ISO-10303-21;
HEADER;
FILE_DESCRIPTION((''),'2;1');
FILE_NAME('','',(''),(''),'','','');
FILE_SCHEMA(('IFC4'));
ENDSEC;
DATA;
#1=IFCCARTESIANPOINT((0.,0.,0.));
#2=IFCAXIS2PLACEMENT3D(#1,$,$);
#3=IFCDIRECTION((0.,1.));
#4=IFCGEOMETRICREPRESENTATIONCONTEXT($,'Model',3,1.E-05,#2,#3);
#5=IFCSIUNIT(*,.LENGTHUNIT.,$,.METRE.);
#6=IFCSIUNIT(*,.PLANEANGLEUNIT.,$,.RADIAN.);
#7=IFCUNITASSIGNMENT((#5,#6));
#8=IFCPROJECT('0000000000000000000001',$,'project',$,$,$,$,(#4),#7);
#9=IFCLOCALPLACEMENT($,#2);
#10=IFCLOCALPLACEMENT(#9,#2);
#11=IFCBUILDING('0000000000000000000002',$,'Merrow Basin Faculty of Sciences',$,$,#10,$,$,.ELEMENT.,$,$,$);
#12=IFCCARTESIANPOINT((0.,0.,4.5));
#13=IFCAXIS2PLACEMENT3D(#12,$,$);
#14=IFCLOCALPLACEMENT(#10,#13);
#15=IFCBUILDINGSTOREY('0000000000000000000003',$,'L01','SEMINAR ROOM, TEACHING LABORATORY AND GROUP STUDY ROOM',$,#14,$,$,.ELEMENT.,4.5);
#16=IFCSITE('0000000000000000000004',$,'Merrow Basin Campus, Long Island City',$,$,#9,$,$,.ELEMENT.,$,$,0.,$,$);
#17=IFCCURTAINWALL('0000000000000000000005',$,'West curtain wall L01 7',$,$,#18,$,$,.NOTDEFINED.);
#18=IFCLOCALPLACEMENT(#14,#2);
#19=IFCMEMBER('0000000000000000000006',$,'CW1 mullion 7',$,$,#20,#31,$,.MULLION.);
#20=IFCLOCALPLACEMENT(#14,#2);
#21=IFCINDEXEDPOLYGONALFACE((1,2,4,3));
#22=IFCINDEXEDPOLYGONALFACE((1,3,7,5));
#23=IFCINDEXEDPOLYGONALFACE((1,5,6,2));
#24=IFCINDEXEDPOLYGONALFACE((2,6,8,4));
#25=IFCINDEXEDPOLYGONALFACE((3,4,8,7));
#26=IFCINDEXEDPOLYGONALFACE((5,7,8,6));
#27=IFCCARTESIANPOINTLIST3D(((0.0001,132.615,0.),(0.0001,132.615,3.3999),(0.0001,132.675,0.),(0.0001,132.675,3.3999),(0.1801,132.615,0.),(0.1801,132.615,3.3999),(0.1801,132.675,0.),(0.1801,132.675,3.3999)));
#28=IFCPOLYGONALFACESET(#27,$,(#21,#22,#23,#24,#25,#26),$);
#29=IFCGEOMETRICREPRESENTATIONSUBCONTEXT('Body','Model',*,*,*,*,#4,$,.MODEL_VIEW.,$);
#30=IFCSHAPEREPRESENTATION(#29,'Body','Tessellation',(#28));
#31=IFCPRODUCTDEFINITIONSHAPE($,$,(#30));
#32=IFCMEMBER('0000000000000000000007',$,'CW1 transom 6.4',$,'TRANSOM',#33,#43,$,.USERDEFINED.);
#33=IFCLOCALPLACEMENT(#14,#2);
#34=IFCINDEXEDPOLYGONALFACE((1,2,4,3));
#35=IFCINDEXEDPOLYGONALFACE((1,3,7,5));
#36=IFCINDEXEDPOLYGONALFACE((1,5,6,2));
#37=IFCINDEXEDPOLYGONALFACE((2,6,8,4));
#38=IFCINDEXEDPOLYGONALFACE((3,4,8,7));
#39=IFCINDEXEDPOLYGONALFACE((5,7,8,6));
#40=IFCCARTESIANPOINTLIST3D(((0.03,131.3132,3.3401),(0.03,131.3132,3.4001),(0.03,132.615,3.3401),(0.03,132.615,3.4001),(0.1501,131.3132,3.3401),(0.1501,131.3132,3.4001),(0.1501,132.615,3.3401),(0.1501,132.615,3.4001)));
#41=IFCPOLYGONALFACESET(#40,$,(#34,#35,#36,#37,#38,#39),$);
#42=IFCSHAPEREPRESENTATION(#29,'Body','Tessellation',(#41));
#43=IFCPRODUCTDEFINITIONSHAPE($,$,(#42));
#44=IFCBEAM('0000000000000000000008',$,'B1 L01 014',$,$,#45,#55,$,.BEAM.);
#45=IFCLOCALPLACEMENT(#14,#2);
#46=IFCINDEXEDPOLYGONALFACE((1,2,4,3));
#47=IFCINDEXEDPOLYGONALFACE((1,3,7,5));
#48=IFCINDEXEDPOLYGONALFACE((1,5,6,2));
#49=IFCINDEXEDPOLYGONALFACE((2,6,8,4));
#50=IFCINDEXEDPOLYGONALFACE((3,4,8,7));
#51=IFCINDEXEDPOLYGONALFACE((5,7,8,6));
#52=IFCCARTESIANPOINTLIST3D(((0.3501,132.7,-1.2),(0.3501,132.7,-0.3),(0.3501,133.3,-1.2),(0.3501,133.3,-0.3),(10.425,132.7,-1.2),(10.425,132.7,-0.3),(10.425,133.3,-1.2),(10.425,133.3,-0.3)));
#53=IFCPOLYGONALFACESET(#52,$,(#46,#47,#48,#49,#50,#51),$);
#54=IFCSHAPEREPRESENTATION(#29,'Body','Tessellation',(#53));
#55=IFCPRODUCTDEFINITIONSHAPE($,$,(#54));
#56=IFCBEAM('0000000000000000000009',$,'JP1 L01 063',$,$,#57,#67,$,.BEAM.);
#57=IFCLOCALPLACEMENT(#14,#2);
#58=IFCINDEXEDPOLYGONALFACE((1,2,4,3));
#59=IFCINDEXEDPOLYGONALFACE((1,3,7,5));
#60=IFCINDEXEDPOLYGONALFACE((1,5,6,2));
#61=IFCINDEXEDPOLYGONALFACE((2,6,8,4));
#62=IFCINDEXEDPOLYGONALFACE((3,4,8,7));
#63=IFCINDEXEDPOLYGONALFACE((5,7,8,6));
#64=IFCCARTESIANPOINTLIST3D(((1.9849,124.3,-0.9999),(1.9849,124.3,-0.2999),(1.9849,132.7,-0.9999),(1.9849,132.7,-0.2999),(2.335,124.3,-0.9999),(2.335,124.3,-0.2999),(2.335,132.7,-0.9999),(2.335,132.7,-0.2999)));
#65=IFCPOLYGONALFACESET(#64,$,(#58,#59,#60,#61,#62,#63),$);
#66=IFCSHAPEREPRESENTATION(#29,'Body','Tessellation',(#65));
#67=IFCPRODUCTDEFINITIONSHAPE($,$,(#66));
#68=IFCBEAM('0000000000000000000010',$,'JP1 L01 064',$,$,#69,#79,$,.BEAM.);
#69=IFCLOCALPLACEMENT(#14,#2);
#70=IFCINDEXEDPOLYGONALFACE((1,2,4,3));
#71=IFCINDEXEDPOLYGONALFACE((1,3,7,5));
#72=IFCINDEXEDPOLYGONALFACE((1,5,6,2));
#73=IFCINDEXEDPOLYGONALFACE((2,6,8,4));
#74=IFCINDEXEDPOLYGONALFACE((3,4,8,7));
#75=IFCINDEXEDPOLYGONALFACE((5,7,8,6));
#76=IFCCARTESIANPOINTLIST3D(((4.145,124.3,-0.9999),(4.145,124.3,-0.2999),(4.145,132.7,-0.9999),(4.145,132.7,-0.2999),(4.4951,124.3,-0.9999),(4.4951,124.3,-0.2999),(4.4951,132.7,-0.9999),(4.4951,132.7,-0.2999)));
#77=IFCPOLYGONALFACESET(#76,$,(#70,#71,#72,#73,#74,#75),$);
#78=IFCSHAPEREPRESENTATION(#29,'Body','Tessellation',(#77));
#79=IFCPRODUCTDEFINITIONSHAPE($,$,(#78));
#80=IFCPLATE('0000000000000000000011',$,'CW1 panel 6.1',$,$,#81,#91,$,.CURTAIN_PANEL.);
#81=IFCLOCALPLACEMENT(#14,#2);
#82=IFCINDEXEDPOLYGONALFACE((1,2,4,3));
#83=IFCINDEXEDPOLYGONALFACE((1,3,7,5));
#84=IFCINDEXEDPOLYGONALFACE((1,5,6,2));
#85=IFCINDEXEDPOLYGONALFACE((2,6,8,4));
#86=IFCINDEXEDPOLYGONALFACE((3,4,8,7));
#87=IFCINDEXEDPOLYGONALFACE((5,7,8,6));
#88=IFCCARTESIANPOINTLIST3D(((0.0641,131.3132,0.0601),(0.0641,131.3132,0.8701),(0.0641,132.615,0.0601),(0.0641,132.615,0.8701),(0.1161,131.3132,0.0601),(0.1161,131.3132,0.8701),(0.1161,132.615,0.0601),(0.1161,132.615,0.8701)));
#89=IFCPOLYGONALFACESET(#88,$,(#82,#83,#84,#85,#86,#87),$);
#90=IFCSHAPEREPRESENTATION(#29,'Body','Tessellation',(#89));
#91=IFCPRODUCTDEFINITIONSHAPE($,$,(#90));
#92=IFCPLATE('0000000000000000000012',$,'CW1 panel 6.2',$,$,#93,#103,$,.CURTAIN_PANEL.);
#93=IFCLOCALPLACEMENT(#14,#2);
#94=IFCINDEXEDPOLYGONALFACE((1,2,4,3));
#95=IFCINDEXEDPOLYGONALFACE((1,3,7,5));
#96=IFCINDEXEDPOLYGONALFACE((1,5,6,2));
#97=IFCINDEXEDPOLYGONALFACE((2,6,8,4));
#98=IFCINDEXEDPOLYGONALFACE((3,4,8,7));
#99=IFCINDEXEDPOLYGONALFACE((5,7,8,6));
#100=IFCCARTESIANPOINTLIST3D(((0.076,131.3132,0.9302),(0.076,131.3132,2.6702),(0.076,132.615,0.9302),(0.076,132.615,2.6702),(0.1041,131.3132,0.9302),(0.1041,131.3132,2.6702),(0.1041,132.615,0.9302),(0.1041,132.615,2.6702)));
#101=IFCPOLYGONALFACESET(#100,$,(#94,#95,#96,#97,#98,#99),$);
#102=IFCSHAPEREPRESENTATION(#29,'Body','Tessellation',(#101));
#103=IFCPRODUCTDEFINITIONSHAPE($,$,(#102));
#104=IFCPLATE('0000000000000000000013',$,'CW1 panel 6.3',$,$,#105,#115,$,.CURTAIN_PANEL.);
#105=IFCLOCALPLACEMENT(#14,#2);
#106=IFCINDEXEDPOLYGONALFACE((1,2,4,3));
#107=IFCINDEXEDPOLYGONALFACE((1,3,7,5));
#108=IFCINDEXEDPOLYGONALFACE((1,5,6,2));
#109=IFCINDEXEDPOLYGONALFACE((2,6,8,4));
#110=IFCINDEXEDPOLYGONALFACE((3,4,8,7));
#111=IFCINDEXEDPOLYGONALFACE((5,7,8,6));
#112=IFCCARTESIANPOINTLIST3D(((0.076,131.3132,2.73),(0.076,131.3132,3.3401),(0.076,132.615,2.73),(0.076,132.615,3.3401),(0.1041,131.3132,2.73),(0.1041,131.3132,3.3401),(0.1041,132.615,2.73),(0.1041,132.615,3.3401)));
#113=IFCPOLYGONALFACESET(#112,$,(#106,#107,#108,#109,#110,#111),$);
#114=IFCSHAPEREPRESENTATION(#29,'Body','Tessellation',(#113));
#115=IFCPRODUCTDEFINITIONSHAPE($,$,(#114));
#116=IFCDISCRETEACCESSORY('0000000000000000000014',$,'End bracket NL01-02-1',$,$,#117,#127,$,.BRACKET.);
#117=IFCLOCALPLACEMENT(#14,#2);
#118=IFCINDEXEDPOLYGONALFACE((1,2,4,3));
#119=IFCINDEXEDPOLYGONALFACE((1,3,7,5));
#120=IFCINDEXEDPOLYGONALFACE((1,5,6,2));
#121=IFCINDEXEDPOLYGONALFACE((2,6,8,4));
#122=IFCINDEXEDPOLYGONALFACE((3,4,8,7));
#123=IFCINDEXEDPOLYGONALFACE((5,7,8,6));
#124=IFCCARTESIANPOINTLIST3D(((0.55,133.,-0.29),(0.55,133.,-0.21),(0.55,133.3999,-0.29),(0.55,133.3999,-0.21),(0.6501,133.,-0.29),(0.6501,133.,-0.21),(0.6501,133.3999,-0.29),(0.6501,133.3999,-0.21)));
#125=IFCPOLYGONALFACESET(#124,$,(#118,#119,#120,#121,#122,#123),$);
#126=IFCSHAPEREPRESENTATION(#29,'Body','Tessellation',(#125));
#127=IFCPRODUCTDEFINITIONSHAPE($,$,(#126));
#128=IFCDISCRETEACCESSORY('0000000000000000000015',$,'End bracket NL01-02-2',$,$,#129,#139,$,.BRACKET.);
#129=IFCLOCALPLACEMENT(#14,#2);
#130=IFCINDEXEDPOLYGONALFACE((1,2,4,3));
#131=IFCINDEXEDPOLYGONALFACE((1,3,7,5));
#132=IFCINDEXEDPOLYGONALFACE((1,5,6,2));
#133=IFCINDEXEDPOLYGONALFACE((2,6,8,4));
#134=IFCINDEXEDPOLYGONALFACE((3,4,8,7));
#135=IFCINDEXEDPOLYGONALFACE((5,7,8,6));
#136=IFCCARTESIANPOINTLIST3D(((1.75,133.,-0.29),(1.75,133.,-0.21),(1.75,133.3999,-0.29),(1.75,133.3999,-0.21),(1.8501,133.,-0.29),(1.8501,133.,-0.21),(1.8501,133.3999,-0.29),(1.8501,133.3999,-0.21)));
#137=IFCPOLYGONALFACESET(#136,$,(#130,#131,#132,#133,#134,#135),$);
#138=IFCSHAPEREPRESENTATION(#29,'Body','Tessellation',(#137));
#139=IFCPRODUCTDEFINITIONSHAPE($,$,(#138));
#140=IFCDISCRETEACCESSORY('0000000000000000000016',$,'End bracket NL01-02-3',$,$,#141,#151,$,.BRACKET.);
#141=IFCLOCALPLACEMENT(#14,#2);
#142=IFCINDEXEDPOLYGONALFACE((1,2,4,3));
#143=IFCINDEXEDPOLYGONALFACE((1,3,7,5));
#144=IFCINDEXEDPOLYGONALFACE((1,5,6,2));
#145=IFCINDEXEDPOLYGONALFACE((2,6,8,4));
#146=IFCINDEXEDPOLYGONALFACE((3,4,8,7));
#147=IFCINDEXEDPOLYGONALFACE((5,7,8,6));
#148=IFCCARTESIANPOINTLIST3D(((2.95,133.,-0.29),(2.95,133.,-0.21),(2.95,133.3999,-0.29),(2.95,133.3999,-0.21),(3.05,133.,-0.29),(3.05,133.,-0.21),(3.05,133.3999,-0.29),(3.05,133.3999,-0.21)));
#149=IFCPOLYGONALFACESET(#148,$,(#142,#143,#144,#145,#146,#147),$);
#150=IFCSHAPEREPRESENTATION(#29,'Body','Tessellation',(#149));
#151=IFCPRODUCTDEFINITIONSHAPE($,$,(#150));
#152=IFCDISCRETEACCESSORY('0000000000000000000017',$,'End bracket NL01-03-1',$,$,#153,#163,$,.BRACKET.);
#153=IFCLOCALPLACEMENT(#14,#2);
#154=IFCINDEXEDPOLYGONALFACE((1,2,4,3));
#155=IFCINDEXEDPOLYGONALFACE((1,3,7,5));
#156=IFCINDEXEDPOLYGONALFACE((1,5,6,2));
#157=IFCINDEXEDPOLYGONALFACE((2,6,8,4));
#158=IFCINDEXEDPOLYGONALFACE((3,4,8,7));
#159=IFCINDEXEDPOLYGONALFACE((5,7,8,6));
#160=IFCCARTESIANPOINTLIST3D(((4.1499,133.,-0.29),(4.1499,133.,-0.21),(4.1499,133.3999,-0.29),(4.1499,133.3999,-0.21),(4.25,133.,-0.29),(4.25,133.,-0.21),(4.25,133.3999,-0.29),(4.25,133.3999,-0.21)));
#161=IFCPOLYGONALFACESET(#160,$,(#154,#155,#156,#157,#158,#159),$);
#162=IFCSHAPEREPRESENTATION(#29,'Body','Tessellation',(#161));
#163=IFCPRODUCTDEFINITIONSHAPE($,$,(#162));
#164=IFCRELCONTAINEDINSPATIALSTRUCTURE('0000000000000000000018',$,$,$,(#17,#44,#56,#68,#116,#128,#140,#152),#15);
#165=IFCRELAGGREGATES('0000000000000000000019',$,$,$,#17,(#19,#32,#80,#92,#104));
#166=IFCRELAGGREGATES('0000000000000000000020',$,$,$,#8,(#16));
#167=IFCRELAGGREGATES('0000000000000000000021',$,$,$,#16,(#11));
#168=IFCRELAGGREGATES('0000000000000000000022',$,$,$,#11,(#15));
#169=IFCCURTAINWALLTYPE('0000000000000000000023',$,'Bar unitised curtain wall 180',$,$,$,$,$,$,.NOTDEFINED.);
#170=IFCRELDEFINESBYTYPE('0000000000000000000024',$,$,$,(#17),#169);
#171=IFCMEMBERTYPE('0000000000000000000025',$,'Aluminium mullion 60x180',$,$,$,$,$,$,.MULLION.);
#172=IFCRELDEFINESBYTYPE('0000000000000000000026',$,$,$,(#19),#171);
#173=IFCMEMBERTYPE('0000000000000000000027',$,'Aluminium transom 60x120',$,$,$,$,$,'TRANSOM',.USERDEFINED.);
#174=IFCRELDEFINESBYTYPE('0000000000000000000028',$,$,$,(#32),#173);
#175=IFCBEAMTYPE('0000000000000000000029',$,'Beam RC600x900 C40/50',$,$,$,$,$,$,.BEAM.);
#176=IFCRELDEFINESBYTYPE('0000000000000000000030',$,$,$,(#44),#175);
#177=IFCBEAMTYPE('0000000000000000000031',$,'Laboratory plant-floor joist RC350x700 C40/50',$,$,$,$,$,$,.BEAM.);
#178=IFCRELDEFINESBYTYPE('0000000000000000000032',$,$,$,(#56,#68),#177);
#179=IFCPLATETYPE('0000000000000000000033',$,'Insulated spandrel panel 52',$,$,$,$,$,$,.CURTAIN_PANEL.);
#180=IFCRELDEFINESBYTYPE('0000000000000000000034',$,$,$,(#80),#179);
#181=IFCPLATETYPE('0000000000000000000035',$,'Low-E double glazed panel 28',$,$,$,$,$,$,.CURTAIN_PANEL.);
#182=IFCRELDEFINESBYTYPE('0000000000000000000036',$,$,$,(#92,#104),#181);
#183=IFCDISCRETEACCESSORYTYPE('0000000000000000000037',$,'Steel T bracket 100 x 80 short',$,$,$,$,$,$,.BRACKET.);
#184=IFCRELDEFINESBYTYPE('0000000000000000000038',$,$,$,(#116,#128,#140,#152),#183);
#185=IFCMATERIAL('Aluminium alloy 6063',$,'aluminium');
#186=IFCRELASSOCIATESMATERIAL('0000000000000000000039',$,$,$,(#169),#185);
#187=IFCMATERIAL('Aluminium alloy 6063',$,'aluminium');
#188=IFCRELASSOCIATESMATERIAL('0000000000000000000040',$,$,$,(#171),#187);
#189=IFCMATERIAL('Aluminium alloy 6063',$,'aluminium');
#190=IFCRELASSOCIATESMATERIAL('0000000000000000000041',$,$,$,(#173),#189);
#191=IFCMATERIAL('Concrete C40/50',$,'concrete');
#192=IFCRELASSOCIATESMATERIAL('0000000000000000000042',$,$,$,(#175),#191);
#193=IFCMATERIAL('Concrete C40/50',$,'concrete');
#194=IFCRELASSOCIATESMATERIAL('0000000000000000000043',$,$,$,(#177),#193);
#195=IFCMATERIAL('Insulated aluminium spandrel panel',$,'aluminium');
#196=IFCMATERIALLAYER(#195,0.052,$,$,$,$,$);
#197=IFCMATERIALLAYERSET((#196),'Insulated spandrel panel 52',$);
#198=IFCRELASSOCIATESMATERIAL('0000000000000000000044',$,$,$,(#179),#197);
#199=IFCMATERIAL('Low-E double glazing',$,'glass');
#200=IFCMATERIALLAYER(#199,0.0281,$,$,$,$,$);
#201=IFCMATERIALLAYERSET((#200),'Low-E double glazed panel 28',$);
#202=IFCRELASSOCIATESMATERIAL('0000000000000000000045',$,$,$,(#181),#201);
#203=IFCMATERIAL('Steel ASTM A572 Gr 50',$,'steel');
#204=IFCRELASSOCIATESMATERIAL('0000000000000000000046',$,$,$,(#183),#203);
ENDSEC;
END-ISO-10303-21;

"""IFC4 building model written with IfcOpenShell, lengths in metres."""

from ifc_helpers import new_model, si_unit, direction, frame, origin, origin_2d, place, context, subcontext, project, spatial, polyline, rectangle, outline, extrude, source, transform, mapped, material, layer, layer_set, material_profile, profile_set, type_object, element, aggregate, save


model = new_model("IFC4")

# Units and contexts
model_context = context("Model", 3, precision=1e-05, world=origin(), true_north=direction((0.0, 1.0)))
body_context = subcontext(model_context, "Body", "Model", "MODEL_VIEW")
ifc_project = project(units=[si_unit("LENGTHUNIT", "METRE"), si_unit("PLANEANGLEUNIT", "RADIAN")], contexts=[model_context])

# Site, building, storey
site_placement = place(None, origin())
site = spatial("IfcSite", under=ifc_project, at=site_placement, Name="Merrow Basin Campus, Long Island City", CompositionType="ELEMENT", RefElevation=0.0)
building_placement = place(site_placement, origin())
building = spatial("IfcBuilding", under=site, at=building_placement, Name="Merrow Basin Faculty of Sciences", CompositionType="ELEMENT")
storey_placement = place(building_placement, frame((0.0, 0.0, 4.5)))
storey = spatial("IfcBuildingStorey", under=building, at=storey_placement, Name="L01", Description="SEMINAR ROOM, TEACHING LABORATORY AND GROUP STUDY ROOM", CompositionType="ELEMENT", Elevation=4.5)

# Curtain wall, members
ifc_material_1 = material(Name="Aluminium alloy 6063", Category="aluminium")
curtain_wall_type = type_object("IfcCurtainWallType", Name="Bar unitised curtain wall 180", PredefinedType="NOTDEFINED", material=ifc_material_1)
curtain_wall_placement = place(storey_placement, origin())
curtain_wall = element("IfcCurtainWall", 1, at=curtain_wall_placement, inside=storey, type_object=curtain_wall_type, Name="West curtain wall L01 7", PredefinedType="NOTDEFINED")
ifc_material_2 = material(Name="Aluminium alloy 6063", Category="aluminium")
ifc_material_profile_1 = material_profile(ifc_material_2, rectangle(XDim=0.1799, YDim=0.0601, at=origin_2d()))
ifc_profile_set_1 = profile_set([ifc_material_profile_1], Name="Aluminium alloy 6063")
member_type_1 = type_object("IfcMemberType", Name="Aluminium mullion 60x180", PredefinedType="MULLION", material=ifc_profile_set_1)
member_1_placement = place(storey_placement, frame((0.0901, 132.645, 0.0), z_axis=(0.0, 0.0, 1.0), x_axis=(-1.0, 0.0, 0.0)))
member_1 = element("IfcMember", 2, at=member_1_placement, type_object=member_type_1, Name="CW1 mullion 7", PredefinedType="MULLION", context=body_context, shape_type="SweptSolid", body=[
    extrude(rectangle(XDim=0.1799, YDim=0.0601, at=origin_2d()), origin(), (0.0, 0.0, 1.0), 3.3999),
])
ifc_material_3 = material(Name="Aluminium alloy 6063", Category="aluminium")
ifc_material_profile_2 = material_profile(ifc_material_3, rectangle(XDim=0.1201, YDim=0.0601, at=origin_2d()))
ifc_profile_set_2 = profile_set([ifc_material_profile_2], Name="Aluminium alloy 6063")
member_type_2 = type_object("IfcMemberType", Name="Aluminium transom 60x120", ElementType="TRANSOM", PredefinedType="USERDEFINED", material=ifc_profile_set_2)
member_2_placement = place(storey_placement, frame((0.0901, 131.3132, 3.3701), z_axis=(0.0, 1.0, 0.0), x_axis=(-1.0, 0.0, 0.0)))
member_2 = element("IfcMember", 3, at=member_2_placement, type_object=member_type_2, Name="CW1 transom 6.4", ObjectType="TRANSOM", PredefinedType="USERDEFINED", context=body_context, shape_type="SweptSolid", body=[
    extrude(rectangle(XDim=0.1201, YDim=0.0601, at=origin_2d()), origin(), (0.0, 0.0, 1.0), 1.3018),
])

# Beams
ifc_material_4 = material(Name="Concrete C40/50", Category="concrete")
ifc_material_profile_3 = material_profile(ifc_material_4, rectangle(XDim=0.6001, YDim=0.8999, at=origin_2d()))
ifc_profile_set_3 = profile_set([ifc_material_profile_3], Name="Concrete C40/50")
beam_type_1 = type_object("IfcBeamType", Name="Beam RC600x900 C40/50", PredefinedType="BEAM", material=ifc_profile_set_3)
beam_placement = place(storey_placement, frame((0.3501, 133.0, -0.75), z_axis=(1.0, 0.0, 0.0), x_axis=(0.0, 1.0, 0.0)))
element("IfcBeam", 4, at=beam_placement, inside=storey, type_object=beam_type_1, Name="B1 L01 014", PredefinedType="BEAM", context=body_context, shape_type="SweptSolid", body=[
    extrude(rectangle(XDim=0.6001, YDim=0.8999, at=origin_2d()), origin(), (0.0, 0.0, 1.0), 10.075),
])
ifc_material_5 = material(Name="Concrete C40/50", Category="concrete")
ifc_material_profile_4 = material_profile(ifc_material_5, rectangle(XDim=0.3501, YDim=0.7, at=origin_2d()))
ifc_profile_set_4 = profile_set([ifc_material_profile_4], Name="Concrete C40/50")
beam_type_2 = type_object("IfcBeamType", Name="Laboratory plant-floor joist RC350x700 C40/50", PredefinedType="BEAM", material=ifc_profile_set_4)
for number, where, z_axis, x_axis, name in (
    (5, (2.1599, 124.3, -0.6499), (0.0, 1.0, 0.0), (-1.0, 0.0, 0.0), "JP1 L01 063"),
    (6, (4.3201, 124.3, -0.6499), (0.0, 1.0, 0.0), (-1.0, 0.0, 0.0), "JP1 L01 064"),
):
    element("IfcBeam", number, at=place(storey_placement, frame(where, z_axis=z_axis, x_axis=x_axis)), inside=storey, type_object=beam_type_2, Name=name, PredefinedType="BEAM", context=body_context, shape_type="SweptSolid", body=[
        extrude(rectangle(XDim=0.3501, YDim=0.7, at=origin_2d()), origin(), (0.0, 0.0, 1.0), 8.3999),
    ])

# Plates
ifc_material_6 = material(Name="Insulated aluminium spandrel panel", Category="aluminium")
ifc_layer_1 = layer(ifc_material_6, 0.052)
ifc_layer_set_1 = layer_set([ifc_layer_1], Name="Insulated spandrel panel 52")
plate_type_1 = type_object("IfcPlateType", Name="Insulated spandrel panel 52", PredefinedType="CURTAIN_PANEL", material=ifc_layer_set_1)
plate_1_placement = place(storey_placement, frame((0.0901, 131.9641, 0.0601), z_axis=(0.0, 0.0, 1.0), x_axis=(0.0, 1.0, 0.0)))
plate_1 = element("IfcPlate", 7, at=plate_1_placement, type_object=plate_type_1, Name="CW1 panel 6.1", PredefinedType="CURTAIN_PANEL", context=body_context, shape_type="SweptSolid", body=[
    extrude(rectangle(XDim=1.3018, YDim=0.052, at=origin_2d()), origin(), (0.0, 0.0, 1.0), 0.8101),
])
ifc_material_7 = material(Name="Low-E double glazing", Category="glass")
ifc_layer_2 = layer(ifc_material_7, 0.0281)
ifc_layer_set_2 = layer_set([ifc_layer_2], Name="Low-E double glazed panel 28")
plate_type_2 = type_object("IfcPlateType", Name="Low-E double glazed panel 28", PredefinedType="CURTAIN_PANEL", material=ifc_layer_set_2)
plate_2_placement = place(storey_placement, frame((0.0901, 131.9641, 0.9302), z_axis=(0.0, 0.0, 1.0), x_axis=(0.0, 1.0, 0.0)))
plate_2 = element("IfcPlate", 8, at=plate_2_placement, type_object=plate_type_2, Name="CW1 panel 6.2", PredefinedType="CURTAIN_PANEL", context=body_context, shape_type="SweptSolid", body=[
    extrude(rectangle(XDim=1.3018, YDim=0.0281, at=origin_2d()), origin(), (0.0, 0.0, 1.0), 1.74),
])
plate_3_placement = place(storey_placement, frame((0.0901, 131.9641, 2.73), z_axis=(0.0, 0.0, 1.0), x_axis=(0.0, 1.0, 0.0)))
plate_3 = element("IfcPlate", 9, at=plate_3_placement, type_object=plate_type_2, Name="CW1 panel 6.3", PredefinedType="CURTAIN_PANEL", context=body_context, shape_type="SweptSolid", body=[
    extrude(rectangle(XDim=1.3018, YDim=0.0281, at=origin_2d()), origin(), (0.0, 0.0, 1.0), 0.6101),
])
aggregate(curtain_wall, [member_1, member_2, plate_1, plate_2, plate_3])

# Discrete accessories
ifc_material_8 = material(Name="Steel ASTM A572 Gr 50", Category="steel")
discrete_accessory_type = type_object("IfcDiscreteAccessoryType", Name="Steel T bracket 100 x 80 short", PredefinedType="BRACKET", material=ifc_material_8)
shared_shape_1 = source(origin(), body_context, "Body", "SweptSolid", [
    extrude(outline(polyline([(0.0, 0.0), (0.1001, 0.0), (0.1001, 0.0801), (0.0, 0.0801), (0.0, 0.0)])), origin(), (0.0, 0.0, 1.0), 0.3999),
])
for number, where, z_axis, x_axis, name in (
    (10, (0.55, 133.3999, -0.29), (0.0, -1.0, 0.0), (1.0, 0.0, 0.0), "End bracket NL01-02-1"),
    (11, (1.75, 133.3999, -0.29), (0.0, -1.0, 0.0), (1.0, 0.0, 0.0), "End bracket NL01-02-2"),
    (12, (2.95, 133.3999, -0.29), (0.0, -1.0, 0.0), (1.0, 0.0, 0.0), "End bracket NL01-02-3"),
    (13, (4.1499, 133.3999, -0.29), (0.0, -1.0, 0.0), (1.0, 0.0, 0.0), "End bracket NL01-03-1"),
):
    element("IfcDiscreteAccessory", number, at=place(storey_placement, frame(where, z_axis=z_axis, x_axis=x_axis)), inside=storey, type_object=discrete_accessory_type, Name=name, PredefinedType="BRACKET", context=body_context, shape_type="MappedRepresentation", body=[
        mapped(shared_shape_1, transform((0.0, 0.0, 0.0), scale=1.0)),
    ])

save(model, "model.ifc")
